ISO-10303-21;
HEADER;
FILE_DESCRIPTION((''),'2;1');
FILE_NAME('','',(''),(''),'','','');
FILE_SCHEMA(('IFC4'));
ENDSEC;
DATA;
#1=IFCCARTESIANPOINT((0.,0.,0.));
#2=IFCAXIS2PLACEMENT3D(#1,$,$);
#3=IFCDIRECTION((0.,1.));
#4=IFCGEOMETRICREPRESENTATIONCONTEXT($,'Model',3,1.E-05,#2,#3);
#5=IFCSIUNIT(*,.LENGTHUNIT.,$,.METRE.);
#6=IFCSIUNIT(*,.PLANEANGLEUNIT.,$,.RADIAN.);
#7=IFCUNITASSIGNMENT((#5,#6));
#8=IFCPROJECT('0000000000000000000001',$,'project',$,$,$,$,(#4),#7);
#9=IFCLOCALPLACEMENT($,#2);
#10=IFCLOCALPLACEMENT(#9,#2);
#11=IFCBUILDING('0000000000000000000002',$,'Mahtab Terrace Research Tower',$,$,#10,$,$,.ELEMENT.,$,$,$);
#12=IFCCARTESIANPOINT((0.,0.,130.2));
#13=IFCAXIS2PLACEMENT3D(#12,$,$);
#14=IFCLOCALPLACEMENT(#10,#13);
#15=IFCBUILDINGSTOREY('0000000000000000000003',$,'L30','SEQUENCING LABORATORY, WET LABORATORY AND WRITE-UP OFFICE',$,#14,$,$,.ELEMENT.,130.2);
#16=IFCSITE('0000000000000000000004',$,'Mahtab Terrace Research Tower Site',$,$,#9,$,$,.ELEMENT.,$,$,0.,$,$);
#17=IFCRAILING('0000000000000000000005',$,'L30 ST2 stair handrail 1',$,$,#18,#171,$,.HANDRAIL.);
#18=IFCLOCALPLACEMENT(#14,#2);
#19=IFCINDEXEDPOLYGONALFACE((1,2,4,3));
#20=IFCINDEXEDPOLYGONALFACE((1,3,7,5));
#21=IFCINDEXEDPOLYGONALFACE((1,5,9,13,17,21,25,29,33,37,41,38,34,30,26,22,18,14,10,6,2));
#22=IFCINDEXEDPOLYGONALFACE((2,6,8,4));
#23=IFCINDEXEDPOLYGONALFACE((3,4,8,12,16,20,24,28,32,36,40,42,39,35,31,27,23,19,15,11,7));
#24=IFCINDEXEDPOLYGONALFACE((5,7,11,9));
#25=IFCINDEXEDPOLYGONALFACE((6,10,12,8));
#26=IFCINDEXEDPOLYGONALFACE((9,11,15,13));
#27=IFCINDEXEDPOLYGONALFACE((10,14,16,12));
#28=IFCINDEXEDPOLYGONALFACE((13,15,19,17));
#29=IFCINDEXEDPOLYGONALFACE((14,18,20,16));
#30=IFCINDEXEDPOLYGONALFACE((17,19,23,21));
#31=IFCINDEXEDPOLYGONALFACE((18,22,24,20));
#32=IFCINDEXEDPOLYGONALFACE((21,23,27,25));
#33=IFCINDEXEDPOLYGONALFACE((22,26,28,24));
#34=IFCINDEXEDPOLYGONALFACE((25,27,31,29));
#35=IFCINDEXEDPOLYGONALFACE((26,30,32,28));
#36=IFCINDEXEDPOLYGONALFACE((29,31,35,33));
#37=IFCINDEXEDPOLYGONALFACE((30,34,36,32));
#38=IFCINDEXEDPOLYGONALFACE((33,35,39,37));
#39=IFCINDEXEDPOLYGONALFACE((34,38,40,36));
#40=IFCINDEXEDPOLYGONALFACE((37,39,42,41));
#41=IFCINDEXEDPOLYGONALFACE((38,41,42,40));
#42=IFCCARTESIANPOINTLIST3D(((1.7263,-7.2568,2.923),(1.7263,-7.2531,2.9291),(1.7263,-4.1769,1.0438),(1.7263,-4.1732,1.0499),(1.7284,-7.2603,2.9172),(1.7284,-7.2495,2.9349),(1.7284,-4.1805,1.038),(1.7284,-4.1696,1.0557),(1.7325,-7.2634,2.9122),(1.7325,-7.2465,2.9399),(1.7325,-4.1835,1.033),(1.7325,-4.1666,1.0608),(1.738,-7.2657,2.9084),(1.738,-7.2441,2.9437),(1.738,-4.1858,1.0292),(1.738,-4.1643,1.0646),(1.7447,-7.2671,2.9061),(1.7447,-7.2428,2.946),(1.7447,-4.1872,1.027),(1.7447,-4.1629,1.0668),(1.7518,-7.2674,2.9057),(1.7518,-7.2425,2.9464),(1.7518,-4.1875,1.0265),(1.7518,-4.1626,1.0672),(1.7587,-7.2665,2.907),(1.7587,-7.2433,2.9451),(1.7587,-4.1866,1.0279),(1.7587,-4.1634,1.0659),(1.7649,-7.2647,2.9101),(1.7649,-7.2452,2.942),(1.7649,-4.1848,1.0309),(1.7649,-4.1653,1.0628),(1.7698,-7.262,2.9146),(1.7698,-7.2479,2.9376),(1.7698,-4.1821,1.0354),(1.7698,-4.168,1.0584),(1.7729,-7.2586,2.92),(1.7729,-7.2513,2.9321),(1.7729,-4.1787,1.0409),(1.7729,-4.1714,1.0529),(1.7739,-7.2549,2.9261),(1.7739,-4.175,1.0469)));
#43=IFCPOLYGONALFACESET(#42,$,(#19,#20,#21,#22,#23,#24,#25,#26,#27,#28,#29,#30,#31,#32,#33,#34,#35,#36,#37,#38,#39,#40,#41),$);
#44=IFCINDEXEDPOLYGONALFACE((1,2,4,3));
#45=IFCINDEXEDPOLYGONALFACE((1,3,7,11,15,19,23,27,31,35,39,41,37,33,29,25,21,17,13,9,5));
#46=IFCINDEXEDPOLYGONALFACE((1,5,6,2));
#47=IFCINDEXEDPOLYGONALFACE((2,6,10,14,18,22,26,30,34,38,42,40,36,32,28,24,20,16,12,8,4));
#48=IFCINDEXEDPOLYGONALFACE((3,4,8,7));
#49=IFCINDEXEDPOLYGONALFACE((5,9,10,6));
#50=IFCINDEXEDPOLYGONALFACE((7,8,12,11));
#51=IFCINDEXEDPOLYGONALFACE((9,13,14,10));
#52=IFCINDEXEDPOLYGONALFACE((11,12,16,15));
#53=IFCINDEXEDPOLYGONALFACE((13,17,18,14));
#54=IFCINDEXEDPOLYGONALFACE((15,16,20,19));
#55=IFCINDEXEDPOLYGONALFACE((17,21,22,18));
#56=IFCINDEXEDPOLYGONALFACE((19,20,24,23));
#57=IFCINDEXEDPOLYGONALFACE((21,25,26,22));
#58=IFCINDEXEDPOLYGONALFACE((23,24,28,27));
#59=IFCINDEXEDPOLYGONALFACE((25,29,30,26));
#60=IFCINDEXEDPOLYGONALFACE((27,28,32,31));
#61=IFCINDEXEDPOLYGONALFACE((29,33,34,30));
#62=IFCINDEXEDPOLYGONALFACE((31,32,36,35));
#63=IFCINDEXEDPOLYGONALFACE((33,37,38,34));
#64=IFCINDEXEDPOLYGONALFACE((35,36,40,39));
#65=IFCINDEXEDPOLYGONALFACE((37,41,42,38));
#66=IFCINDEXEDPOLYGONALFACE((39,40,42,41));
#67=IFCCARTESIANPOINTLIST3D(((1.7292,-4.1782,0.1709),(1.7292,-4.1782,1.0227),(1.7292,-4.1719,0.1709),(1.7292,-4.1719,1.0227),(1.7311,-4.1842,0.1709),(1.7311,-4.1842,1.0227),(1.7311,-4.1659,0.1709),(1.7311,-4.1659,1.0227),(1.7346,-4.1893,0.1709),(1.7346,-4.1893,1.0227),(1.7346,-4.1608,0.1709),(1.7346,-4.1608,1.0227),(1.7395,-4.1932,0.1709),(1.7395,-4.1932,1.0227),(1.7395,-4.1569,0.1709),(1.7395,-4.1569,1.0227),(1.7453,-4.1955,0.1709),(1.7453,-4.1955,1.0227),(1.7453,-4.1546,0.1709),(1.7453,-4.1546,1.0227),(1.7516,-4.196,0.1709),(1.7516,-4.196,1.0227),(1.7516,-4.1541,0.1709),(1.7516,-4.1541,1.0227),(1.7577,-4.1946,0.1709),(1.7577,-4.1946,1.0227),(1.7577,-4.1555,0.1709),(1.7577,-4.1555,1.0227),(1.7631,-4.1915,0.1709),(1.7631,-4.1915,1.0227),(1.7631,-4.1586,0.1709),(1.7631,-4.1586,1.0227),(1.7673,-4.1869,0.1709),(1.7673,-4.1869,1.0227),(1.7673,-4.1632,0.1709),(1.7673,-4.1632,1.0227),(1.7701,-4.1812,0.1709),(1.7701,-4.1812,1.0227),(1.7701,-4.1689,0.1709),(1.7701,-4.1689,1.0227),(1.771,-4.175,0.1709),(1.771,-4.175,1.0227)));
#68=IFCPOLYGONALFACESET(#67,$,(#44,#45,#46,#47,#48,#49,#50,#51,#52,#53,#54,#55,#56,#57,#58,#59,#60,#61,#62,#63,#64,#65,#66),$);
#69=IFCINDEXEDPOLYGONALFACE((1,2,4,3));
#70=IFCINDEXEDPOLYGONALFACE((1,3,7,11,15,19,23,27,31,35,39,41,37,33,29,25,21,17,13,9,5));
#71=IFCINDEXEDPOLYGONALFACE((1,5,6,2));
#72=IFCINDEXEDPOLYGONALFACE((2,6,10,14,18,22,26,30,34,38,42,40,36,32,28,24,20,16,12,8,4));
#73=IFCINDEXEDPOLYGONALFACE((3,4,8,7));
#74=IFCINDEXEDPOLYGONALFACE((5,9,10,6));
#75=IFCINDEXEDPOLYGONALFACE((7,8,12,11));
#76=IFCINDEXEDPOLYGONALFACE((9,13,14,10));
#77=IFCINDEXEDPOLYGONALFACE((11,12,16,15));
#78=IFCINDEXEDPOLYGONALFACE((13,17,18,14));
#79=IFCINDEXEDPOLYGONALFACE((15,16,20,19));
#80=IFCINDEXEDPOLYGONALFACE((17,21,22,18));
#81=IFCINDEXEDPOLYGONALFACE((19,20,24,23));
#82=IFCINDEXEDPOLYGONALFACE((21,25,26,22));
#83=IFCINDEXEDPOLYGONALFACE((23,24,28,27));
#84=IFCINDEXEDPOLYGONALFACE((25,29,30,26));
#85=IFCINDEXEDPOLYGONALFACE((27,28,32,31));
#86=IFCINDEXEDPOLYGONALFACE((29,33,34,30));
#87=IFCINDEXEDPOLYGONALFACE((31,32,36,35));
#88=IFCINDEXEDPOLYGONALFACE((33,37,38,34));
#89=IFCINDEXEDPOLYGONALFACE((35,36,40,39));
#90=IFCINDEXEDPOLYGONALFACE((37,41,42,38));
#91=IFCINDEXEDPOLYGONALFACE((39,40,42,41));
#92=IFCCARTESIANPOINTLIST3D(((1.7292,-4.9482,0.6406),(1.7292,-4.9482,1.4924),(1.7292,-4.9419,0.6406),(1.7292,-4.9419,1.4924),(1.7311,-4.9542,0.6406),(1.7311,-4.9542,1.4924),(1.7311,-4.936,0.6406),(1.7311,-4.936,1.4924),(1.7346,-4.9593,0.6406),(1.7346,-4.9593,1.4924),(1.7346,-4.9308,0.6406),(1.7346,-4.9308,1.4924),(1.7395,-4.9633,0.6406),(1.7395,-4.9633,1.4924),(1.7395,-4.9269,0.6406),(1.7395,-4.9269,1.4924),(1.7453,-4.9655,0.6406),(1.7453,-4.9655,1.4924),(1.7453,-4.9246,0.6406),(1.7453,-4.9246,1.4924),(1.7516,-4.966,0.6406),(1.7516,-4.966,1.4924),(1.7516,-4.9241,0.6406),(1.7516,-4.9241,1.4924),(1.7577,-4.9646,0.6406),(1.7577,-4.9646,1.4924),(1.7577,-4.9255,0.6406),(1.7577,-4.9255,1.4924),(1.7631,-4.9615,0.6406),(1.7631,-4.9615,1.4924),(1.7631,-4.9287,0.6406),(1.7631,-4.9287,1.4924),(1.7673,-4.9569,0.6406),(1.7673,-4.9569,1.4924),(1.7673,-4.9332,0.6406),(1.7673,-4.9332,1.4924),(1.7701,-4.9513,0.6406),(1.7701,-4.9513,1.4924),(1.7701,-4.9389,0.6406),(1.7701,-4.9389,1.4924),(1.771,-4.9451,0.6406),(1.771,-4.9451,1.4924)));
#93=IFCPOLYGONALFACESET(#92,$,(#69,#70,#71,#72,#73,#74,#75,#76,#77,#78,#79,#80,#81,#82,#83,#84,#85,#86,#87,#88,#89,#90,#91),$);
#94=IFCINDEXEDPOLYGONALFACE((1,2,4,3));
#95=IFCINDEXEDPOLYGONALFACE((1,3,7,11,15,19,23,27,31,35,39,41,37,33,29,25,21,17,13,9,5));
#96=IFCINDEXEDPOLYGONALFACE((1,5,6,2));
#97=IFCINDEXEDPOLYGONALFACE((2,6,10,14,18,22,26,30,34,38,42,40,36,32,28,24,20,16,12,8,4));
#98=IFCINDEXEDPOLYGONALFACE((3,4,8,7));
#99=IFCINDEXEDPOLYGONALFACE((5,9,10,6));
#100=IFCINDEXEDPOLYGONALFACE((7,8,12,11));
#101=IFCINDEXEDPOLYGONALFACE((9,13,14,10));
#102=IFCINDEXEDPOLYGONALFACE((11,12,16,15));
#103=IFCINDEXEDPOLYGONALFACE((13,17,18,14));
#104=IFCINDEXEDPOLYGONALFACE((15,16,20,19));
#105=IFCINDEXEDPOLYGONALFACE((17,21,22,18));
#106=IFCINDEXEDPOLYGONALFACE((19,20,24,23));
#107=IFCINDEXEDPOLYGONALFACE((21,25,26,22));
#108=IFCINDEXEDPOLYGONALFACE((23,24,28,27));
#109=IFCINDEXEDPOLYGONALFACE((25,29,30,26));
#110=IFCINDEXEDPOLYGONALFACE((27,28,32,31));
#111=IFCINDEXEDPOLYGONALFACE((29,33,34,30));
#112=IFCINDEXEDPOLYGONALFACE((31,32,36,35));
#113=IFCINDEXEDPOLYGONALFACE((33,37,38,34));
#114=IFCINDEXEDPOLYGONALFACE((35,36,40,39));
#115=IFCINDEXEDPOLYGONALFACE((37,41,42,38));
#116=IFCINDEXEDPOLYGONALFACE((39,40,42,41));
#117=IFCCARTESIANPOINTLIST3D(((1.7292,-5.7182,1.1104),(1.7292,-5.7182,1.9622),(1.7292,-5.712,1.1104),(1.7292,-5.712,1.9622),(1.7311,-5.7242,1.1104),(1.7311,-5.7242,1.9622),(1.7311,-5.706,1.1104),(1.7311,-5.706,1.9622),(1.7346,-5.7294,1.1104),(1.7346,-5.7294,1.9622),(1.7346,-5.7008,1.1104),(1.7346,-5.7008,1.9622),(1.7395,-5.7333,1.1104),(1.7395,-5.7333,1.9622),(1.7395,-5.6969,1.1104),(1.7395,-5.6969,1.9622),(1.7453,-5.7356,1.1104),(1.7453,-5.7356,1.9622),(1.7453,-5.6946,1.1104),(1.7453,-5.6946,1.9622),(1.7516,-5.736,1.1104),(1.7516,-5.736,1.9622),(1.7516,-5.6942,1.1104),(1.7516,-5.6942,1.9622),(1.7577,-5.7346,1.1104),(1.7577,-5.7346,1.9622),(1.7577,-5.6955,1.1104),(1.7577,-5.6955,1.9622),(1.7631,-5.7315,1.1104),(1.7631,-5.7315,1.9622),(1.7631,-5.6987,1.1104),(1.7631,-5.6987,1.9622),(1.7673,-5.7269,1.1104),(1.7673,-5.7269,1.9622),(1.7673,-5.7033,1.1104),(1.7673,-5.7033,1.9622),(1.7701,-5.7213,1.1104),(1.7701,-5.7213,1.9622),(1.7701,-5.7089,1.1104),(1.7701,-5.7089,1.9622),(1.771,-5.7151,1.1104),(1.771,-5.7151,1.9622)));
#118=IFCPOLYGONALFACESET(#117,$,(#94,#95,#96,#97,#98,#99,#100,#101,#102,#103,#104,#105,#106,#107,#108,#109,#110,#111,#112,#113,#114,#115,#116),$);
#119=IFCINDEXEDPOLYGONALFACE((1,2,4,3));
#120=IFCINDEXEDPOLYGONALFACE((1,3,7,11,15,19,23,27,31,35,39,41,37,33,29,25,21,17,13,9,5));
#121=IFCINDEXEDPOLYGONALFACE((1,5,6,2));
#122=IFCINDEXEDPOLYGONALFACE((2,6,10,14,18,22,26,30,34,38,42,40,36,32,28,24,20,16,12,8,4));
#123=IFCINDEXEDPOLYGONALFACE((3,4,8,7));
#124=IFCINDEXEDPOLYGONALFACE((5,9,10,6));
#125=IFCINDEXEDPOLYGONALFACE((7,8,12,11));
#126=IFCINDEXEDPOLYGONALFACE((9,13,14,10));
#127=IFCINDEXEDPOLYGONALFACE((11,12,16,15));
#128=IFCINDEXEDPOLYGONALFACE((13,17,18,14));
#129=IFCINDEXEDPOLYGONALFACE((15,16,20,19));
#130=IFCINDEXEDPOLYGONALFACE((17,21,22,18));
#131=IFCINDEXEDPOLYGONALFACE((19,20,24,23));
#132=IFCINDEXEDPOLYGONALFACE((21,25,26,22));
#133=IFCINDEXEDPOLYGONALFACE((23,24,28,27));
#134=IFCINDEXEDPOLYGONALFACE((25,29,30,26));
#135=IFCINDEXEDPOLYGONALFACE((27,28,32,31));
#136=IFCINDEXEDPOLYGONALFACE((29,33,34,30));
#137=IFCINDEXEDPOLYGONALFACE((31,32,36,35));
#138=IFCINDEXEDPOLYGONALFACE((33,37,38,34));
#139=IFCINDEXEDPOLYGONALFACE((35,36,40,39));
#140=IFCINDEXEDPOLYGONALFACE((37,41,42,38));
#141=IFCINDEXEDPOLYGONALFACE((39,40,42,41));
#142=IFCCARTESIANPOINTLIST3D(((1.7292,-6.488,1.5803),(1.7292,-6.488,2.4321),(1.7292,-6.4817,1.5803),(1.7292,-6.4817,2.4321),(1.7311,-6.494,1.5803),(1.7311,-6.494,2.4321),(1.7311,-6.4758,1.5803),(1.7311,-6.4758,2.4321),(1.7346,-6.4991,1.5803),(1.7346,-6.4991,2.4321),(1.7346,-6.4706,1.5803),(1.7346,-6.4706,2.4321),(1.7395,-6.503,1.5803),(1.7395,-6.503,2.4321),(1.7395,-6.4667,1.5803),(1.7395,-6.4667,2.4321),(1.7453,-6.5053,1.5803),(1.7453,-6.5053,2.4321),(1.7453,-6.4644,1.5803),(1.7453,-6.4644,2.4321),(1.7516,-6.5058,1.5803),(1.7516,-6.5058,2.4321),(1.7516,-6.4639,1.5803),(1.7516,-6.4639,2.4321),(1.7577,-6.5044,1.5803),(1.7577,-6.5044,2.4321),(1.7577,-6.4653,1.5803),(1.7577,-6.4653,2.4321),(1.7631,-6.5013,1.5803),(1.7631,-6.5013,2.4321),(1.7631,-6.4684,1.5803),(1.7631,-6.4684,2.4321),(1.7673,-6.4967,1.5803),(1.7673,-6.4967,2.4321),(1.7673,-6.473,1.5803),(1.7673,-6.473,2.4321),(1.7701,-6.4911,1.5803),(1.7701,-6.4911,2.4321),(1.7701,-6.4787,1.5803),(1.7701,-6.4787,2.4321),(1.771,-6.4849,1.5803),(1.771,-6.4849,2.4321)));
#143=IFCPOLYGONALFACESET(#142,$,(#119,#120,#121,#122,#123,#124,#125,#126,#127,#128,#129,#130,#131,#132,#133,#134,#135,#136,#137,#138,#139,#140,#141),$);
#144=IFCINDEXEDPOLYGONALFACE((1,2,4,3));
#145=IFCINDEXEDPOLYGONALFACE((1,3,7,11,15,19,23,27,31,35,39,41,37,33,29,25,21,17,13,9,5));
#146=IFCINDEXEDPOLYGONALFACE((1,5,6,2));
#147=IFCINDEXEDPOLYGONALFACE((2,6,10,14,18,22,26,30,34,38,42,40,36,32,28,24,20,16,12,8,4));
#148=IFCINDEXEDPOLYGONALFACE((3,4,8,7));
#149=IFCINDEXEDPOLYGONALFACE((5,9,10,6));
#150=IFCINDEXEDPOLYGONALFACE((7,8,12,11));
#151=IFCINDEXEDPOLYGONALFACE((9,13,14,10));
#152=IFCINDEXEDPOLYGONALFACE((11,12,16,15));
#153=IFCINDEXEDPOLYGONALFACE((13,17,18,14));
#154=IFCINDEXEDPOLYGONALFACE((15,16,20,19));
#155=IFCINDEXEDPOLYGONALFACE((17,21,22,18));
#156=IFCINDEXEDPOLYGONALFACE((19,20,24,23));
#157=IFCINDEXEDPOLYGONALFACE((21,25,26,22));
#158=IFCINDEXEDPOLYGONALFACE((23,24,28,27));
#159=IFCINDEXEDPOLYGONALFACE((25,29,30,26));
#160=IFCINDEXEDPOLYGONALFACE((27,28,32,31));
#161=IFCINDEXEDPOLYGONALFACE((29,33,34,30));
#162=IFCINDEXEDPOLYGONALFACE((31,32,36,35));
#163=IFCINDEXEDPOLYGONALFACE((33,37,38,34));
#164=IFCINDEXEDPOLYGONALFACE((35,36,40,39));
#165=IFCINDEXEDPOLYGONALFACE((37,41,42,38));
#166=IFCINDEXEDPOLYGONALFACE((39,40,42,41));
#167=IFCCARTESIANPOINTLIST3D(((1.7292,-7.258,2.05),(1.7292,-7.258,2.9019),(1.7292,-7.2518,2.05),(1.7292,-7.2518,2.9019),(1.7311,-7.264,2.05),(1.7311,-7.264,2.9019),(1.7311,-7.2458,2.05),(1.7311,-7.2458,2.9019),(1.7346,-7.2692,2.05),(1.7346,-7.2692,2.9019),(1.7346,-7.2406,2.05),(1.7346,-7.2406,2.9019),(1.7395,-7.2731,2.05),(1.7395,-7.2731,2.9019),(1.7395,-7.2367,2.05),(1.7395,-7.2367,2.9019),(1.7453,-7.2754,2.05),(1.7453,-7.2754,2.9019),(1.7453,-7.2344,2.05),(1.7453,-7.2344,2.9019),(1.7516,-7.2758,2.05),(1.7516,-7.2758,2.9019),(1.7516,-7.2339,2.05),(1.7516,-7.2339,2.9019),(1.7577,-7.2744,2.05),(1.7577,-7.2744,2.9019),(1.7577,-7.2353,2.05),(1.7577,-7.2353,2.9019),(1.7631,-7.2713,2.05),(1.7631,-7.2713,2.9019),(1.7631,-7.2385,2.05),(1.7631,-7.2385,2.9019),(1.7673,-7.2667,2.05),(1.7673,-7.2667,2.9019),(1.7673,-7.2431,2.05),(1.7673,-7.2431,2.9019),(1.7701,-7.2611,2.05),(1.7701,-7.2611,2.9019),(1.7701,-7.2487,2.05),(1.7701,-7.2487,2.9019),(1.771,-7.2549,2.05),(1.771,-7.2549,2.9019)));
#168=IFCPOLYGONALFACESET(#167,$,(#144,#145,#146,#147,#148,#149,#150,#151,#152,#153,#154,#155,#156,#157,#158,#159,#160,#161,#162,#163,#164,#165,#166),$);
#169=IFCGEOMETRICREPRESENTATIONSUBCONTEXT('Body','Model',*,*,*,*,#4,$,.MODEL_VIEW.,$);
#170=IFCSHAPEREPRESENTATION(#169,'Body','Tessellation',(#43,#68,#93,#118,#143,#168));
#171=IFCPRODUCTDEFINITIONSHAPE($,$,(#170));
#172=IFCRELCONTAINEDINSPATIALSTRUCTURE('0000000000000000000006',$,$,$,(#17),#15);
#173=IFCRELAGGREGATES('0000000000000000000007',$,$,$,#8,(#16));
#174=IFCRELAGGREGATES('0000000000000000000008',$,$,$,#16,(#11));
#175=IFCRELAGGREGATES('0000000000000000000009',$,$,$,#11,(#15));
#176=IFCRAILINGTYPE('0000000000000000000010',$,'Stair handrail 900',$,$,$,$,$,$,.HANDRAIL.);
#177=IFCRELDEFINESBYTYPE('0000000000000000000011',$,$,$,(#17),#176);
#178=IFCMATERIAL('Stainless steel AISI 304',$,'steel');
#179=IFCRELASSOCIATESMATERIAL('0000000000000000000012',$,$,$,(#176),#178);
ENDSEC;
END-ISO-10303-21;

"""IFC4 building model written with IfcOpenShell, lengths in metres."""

from ifc_helpers import new_model, si_unit, direction, frame, origin, origin_2d, place, context, subcontext, project, spatial, circle, extrude, material, type_object, element, save


model = new_model("IFC4")

# Units and contexts
model_context = context("Model", 3, precision=1e-05, world=origin(), true_north=direction((0.0, 1.0)))
body_context = subcontext(model_context, "Body", "Model", "MODEL_VIEW")
ifc_project = project(units=[si_unit("LENGTHUNIT", "METRE"), si_unit("PLANEANGLEUNIT", "RADIAN")], contexts=[model_context])

# Site, building, storey
site_placement = place(None, origin())
site = spatial("IfcSite", under=ifc_project, at=site_placement, Name="Mahtab Terrace Research Tower Site", CompositionType="ELEMENT", RefElevation=0.0)
building_placement = place(site_placement, origin())
building = spatial("IfcBuilding", under=site, at=building_placement, Name="Mahtab Terrace Research Tower", CompositionType="ELEMENT")
storey_placement = place(building_placement, frame((0.0, 0.0, 130.2)))
storey = spatial("IfcBuildingStorey", under=building, at=storey_placement, Name="L30", Description="SEQUENCING LABORATORY, WET LABORATORY AND WRITE-UP OFFICE", CompositionType="ELEMENT", Elevation=130.2)

# Railing
ifc_material_1 = material(Name="Stainless steel AISI 304", Category="steel")
railing_type_1 = type_object("IfcRailingType", Name="Stair handrail 900", PredefinedType="HANDRAIL", material=ifc_material_1)
railing_1_placement = place(storey_placement, frame((1.75, -4.175, 0.1709)))
element("IfcRailing", 1, at=railing_1_placement, inside=storey, type_object=railing_type_1, Name="L30 ST2 stair handrail 1", PredefinedType="HANDRAIL", context=body_context, shape_type="SweptSolid", body=[
    extrude(circle(Radius=0.0239, at=origin_2d()), frame((0.0, 0.0, 0.876), z_axis=(0.0, -0.853648, 0.52085), x_axis=(1.0, 0.0, 0.0)), (0.0, 0.0, 1.0), 3.6079),
    extrude(circle(Radius=0.021, at=origin_2d()), origin(), (0.0, 0.0, 1.0), 0.8518),
    extrude(circle(Radius=0.021, at=origin_2d()), frame((0.0, -0.77, 0.4697)), (0.0, 0.0, 1.0), 0.8518),
    extrude(circle(Radius=0.021, at=origin_2d()), frame((0.0, -1.54, 0.9395)), (0.0, 0.0, 1.0), 0.8518),
    extrude(circle(Radius=0.021, at=origin_2d()), frame((0.0, -2.3098, 1.4094)), (0.0, 0.0, 1.0), 0.8518),
    extrude(circle(Radius=0.021, at=origin_2d()), frame((0.0, -3.0798, 1.8792)), (0.0, 0.0, 1.0), 0.8518),
])

save(model, "model.ifc")
